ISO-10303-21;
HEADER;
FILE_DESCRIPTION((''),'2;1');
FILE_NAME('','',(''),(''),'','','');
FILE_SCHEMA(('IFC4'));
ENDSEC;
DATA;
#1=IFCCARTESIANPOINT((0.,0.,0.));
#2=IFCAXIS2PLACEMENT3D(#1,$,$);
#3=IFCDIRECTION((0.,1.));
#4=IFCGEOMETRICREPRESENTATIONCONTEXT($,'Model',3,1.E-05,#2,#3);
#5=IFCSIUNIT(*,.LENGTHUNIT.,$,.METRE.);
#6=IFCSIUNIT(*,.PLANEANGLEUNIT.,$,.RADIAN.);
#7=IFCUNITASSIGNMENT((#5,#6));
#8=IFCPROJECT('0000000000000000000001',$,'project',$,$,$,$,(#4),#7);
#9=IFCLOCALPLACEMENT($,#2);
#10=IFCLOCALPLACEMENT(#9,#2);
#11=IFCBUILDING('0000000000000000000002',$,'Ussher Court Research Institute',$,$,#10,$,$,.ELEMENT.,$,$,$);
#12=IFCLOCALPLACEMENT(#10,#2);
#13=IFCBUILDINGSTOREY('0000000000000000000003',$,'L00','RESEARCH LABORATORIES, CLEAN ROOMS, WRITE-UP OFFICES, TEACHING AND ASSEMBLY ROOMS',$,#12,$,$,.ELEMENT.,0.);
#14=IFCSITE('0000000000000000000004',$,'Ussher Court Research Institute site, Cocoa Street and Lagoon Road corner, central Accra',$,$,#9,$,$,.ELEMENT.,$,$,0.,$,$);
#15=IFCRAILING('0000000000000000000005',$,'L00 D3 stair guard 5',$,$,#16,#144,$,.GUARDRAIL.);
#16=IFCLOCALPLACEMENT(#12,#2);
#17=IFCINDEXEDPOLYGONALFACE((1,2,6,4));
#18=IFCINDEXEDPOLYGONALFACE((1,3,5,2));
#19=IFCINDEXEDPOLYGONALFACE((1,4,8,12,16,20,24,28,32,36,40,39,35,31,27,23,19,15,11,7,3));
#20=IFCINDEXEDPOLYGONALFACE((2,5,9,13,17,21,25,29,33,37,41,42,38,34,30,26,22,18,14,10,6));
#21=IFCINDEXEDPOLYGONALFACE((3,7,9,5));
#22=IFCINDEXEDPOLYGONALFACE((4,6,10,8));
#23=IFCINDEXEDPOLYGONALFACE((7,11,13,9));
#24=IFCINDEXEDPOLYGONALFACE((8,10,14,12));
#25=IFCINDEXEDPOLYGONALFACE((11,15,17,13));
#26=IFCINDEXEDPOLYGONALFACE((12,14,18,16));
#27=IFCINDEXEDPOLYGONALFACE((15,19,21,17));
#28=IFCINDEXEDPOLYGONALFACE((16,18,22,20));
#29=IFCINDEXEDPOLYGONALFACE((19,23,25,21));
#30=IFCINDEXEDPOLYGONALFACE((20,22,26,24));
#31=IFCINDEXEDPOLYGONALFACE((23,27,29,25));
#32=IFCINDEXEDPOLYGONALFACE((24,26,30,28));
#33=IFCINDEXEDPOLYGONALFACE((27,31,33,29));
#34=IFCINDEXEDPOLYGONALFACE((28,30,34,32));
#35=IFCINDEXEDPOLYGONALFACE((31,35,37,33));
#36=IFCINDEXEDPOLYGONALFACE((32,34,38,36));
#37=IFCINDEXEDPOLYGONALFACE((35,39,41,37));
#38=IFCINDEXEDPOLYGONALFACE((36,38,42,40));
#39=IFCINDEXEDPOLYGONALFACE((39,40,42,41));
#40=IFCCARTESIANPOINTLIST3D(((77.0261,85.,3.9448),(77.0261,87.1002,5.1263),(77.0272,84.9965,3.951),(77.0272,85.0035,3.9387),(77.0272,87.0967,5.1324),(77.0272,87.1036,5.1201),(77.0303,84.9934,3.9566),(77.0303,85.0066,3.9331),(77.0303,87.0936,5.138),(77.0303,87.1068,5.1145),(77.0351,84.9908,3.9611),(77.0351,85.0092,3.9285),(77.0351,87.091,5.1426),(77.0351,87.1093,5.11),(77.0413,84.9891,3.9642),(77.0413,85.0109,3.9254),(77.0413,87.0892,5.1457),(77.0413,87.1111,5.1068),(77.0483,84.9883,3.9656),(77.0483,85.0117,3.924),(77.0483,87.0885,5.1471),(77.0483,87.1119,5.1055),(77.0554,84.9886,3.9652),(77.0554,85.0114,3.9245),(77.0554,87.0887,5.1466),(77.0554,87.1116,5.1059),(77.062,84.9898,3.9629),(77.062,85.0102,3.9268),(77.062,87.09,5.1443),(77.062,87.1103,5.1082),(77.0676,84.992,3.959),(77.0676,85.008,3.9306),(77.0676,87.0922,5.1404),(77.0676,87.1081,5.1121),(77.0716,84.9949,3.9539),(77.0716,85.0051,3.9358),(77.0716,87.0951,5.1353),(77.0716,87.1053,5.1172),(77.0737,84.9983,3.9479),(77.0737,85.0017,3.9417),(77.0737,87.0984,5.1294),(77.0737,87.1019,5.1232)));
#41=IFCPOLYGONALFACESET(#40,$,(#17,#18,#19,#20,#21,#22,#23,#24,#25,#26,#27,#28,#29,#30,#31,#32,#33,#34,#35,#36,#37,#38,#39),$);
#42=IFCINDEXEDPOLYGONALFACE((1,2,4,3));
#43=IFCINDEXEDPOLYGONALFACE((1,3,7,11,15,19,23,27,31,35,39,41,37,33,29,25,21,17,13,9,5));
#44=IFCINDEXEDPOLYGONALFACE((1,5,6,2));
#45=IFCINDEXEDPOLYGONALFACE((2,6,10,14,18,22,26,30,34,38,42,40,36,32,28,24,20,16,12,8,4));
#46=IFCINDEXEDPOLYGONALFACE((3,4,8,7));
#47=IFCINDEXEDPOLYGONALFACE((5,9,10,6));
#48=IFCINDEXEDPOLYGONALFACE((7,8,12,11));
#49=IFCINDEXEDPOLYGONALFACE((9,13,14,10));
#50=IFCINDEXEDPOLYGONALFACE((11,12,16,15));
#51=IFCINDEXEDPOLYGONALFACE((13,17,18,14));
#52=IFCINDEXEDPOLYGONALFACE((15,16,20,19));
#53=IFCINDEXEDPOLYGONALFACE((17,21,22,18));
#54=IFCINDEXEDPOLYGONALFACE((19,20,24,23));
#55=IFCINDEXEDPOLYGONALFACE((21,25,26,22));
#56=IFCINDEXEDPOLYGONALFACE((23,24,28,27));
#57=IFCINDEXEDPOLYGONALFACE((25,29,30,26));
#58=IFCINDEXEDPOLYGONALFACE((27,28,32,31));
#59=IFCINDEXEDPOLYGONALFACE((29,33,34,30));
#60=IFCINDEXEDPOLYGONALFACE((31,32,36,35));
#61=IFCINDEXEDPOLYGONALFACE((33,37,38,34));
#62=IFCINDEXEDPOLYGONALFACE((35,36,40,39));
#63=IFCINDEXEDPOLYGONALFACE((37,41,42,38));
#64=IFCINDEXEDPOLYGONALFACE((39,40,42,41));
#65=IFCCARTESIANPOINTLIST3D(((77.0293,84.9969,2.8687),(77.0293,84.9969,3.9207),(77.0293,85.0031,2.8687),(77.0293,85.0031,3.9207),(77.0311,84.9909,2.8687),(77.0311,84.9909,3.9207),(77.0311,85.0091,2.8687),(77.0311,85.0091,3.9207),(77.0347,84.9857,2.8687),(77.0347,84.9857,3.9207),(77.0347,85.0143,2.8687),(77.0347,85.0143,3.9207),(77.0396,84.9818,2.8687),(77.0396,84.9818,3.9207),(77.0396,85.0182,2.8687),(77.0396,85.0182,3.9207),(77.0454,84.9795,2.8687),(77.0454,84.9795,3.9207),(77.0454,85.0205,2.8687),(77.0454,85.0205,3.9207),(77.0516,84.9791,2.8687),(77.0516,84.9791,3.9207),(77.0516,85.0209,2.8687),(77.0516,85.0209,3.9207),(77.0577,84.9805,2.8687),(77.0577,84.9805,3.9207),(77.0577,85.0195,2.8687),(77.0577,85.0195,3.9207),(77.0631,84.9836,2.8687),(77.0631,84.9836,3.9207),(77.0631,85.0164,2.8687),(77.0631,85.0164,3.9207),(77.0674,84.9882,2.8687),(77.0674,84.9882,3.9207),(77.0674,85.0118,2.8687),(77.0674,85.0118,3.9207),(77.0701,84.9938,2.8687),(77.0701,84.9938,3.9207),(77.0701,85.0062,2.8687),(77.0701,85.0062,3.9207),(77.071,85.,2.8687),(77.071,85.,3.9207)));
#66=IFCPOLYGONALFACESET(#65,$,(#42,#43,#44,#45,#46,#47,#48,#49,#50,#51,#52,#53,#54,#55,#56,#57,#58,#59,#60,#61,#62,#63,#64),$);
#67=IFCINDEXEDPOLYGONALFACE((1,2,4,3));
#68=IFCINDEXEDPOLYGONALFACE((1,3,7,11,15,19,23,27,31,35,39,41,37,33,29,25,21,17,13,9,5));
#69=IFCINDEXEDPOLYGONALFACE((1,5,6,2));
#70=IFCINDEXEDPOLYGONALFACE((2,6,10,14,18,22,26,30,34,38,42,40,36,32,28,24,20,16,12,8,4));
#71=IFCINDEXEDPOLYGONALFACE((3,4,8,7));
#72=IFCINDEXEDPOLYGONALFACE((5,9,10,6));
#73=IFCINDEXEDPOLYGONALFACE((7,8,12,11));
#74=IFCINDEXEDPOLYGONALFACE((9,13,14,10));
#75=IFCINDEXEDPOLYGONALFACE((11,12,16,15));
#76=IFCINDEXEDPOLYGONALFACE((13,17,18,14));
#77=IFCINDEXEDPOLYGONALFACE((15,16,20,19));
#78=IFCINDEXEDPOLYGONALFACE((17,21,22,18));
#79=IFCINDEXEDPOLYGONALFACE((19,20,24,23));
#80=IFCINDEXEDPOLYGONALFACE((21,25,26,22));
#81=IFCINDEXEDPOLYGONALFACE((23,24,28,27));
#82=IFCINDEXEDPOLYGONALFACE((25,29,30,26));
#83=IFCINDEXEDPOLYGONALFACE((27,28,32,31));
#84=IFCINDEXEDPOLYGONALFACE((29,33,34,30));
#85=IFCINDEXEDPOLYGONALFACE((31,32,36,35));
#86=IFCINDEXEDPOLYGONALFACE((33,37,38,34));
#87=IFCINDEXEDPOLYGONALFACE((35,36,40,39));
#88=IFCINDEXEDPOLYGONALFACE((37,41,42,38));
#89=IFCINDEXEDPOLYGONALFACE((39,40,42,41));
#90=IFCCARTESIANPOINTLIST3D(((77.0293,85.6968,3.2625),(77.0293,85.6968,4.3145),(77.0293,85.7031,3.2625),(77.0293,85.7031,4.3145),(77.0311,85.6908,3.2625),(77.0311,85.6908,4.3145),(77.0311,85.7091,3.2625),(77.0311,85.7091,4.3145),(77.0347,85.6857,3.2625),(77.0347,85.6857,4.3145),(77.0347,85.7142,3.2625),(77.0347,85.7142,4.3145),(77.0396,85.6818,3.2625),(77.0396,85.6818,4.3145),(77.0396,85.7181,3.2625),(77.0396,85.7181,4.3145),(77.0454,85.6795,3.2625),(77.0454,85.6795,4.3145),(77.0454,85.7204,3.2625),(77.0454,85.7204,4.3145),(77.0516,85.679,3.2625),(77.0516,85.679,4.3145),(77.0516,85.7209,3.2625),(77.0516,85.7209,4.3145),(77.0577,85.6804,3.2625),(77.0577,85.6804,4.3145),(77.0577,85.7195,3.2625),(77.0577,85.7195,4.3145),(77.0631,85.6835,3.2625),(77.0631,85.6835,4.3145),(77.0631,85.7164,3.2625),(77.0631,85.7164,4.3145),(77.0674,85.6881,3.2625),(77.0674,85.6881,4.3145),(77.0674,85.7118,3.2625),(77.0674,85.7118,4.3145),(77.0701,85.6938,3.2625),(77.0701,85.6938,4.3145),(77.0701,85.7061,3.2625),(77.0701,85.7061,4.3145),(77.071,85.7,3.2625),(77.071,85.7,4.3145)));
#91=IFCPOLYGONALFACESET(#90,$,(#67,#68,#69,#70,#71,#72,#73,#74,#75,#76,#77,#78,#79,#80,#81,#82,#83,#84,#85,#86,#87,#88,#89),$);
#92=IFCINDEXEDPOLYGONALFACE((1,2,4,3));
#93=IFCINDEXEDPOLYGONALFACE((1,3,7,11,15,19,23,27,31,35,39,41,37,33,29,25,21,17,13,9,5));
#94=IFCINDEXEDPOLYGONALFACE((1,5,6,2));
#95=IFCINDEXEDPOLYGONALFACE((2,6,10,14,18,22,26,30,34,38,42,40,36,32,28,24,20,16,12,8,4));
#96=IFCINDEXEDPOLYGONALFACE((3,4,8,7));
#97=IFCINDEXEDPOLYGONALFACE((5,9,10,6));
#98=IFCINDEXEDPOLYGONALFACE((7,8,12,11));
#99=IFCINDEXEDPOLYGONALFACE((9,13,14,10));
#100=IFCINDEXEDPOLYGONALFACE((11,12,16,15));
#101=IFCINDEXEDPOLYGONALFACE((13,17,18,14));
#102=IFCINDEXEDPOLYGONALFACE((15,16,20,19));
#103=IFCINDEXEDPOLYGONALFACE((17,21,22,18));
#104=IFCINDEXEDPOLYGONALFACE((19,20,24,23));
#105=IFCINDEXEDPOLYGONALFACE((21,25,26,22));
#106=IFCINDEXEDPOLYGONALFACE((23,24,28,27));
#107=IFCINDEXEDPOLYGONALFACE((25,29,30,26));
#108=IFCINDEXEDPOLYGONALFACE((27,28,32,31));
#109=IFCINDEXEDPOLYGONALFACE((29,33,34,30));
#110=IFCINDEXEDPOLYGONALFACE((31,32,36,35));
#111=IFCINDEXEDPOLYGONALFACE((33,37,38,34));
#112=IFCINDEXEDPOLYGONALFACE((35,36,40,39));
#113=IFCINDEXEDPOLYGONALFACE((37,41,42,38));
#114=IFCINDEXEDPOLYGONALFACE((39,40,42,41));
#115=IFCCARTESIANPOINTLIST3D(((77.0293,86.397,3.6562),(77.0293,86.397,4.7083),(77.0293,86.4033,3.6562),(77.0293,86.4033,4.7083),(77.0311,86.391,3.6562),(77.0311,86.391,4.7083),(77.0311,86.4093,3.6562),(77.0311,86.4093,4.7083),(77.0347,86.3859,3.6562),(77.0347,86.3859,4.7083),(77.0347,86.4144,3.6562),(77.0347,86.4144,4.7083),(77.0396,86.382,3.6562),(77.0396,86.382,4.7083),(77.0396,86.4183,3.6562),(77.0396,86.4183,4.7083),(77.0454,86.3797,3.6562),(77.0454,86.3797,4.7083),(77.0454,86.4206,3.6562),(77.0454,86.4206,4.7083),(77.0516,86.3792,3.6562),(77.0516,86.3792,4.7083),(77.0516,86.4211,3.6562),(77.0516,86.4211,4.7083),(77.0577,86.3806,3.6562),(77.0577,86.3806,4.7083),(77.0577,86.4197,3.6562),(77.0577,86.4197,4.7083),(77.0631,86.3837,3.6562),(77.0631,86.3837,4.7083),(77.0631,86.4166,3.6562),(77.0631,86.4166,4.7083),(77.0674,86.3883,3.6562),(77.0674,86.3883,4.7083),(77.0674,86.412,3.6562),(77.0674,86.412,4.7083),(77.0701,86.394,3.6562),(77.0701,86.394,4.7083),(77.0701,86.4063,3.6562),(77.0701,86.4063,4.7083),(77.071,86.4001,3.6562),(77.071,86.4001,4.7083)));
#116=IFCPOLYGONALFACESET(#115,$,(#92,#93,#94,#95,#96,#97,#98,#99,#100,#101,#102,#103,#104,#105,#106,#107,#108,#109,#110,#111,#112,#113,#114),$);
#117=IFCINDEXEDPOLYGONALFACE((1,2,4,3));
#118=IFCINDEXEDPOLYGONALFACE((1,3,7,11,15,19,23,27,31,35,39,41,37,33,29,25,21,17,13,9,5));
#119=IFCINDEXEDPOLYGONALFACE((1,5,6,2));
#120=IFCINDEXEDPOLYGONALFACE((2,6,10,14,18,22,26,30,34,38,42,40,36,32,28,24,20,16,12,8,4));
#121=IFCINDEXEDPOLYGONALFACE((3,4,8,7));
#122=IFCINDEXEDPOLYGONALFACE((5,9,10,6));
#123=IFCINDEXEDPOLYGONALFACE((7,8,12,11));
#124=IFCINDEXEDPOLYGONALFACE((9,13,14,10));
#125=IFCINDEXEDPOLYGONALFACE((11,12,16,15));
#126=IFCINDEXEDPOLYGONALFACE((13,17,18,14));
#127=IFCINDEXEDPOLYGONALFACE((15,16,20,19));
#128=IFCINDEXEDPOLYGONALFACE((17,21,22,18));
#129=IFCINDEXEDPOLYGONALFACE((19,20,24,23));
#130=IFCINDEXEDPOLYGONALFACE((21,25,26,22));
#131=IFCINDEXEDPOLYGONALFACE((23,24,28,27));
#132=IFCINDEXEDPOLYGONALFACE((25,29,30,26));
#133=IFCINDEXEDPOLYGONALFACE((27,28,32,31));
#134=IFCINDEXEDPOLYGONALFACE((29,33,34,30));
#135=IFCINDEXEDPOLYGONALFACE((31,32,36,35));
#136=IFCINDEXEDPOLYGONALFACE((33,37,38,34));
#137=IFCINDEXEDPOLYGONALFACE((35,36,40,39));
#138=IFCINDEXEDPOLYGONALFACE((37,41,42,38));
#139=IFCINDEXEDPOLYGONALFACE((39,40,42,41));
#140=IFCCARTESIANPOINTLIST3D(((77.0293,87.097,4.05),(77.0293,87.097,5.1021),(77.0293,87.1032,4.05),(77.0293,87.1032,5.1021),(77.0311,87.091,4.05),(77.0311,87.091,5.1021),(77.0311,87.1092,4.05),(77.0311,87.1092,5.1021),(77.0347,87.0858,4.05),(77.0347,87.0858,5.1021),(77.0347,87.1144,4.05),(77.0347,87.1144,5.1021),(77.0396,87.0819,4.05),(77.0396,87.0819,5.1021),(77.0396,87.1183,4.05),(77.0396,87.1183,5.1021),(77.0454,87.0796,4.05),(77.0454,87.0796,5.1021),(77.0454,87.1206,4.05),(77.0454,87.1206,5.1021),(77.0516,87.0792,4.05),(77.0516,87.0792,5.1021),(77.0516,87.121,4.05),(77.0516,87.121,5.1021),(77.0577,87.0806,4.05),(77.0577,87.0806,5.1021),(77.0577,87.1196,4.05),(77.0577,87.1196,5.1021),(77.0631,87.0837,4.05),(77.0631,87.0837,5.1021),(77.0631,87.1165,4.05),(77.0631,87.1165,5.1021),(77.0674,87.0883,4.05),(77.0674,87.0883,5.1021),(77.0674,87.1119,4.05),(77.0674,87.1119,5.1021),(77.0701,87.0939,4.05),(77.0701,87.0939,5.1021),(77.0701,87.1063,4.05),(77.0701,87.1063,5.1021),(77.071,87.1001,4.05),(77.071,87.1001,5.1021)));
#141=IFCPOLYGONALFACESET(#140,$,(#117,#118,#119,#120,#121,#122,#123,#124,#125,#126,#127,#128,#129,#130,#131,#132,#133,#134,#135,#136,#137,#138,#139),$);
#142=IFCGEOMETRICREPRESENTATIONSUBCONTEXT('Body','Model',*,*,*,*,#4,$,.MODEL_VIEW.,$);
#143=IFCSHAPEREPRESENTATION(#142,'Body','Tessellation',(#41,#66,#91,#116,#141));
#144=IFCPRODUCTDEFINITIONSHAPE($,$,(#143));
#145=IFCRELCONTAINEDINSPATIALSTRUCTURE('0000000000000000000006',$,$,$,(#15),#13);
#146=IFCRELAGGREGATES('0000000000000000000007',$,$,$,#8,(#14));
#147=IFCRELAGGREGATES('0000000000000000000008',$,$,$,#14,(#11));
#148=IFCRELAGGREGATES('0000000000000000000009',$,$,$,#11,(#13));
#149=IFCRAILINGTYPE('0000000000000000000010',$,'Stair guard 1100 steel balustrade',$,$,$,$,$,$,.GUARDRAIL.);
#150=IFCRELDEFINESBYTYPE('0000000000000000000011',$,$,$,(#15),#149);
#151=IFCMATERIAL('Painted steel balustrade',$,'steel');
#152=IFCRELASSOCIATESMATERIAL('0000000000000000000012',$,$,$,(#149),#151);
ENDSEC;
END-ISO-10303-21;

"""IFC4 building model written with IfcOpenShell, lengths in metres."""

from ifc_helpers import new_model, si_unit, direction, frame, origin, origin_2d, place, context, subcontext, project, spatial, circle, extrude, material, type_object, element, save


model = new_model("IFC4")

# Units and contexts
model_context = context("Model", 3, precision=1e-05, world=origin(), true_north=direction((0.0, 1.0)))
body_context = subcontext(model_context, "Body", "Model", "MODEL_VIEW")
ifc_project = project(units=[si_unit("LENGTHUNIT", "METRE"), si_unit("PLANEANGLEUNIT", "RADIAN")], contexts=[model_context])

# Site, building, storey
site_placement = place(None, origin())
site = spatial("IfcSite", under=ifc_project, at=site_placement, Name="Ussher Court Research Institute site, Cocoa Street and Lagoon Road corner, central Accra", CompositionType="ELEMENT", RefElevation=0.0)
building_placement = place(site_placement, origin())
building = spatial("IfcBuilding", under=site, at=building_placement, Name="Ussher Court Research Institute", CompositionType="ELEMENT")
storey_placement = place(building_placement, origin())
storey = spatial("IfcBuildingStorey", under=building, at=storey_placement, Name="L00", Description="RESEARCH LABORATORIES, CLEAN ROOMS, WRITE-UP OFFICES, TEACHING AND ASSEMBLY ROOMS", CompositionType="ELEMENT", Elevation=0.0)

# Railing
ifc_material_1 = material(Name="Painted steel balustrade", Category="steel")
railing_type_1 = type_object("IfcRailingType", Name="Stair guard 1100 steel balustrade", PredefinedType="GUARDRAIL", material=ifc_material_1)
railing_1_placement = place(storey_placement, frame((77.05, 85.0, 2.8687)))
element("IfcRailing", 1, at=railing_1_placement, inside=storey, type_object=railing_type_1, Name="L00 D3 stair guard 5", PredefinedType="GUARDRAIL", context=body_context, shape_type="SweptSolid", body=[
    extrude(circle(Radius=0.0239, at=origin_2d()), frame((0.0, 0.0, 1.0762), z_axis=(0.0, 0.871559, 0.49029), x_axis=(-1.0, 0.0, 0.0)), (0.0, 0.0, 1.0), 2.4097),
    extrude(circle(Radius=0.021, at=origin_2d()), origin(), (0.0, 0.0, 1.0), 1.052),
    extrude(circle(Radius=0.021, at=origin_2d()), frame((0.0, 0.7, 0.3938)), (0.0, 0.0, 1.0), 1.052),
    extrude(circle(Radius=0.021, at=origin_2d()), frame((0.0, 1.4001, 0.7876)), (0.0, 0.0, 1.0), 1.052),
    extrude(circle(Radius=0.021, at=origin_2d()), frame((0.0, 2.1001, 1.1814)), (0.0, 0.0, 1.0), 1.052),
])

save(model, "model.ifc")
